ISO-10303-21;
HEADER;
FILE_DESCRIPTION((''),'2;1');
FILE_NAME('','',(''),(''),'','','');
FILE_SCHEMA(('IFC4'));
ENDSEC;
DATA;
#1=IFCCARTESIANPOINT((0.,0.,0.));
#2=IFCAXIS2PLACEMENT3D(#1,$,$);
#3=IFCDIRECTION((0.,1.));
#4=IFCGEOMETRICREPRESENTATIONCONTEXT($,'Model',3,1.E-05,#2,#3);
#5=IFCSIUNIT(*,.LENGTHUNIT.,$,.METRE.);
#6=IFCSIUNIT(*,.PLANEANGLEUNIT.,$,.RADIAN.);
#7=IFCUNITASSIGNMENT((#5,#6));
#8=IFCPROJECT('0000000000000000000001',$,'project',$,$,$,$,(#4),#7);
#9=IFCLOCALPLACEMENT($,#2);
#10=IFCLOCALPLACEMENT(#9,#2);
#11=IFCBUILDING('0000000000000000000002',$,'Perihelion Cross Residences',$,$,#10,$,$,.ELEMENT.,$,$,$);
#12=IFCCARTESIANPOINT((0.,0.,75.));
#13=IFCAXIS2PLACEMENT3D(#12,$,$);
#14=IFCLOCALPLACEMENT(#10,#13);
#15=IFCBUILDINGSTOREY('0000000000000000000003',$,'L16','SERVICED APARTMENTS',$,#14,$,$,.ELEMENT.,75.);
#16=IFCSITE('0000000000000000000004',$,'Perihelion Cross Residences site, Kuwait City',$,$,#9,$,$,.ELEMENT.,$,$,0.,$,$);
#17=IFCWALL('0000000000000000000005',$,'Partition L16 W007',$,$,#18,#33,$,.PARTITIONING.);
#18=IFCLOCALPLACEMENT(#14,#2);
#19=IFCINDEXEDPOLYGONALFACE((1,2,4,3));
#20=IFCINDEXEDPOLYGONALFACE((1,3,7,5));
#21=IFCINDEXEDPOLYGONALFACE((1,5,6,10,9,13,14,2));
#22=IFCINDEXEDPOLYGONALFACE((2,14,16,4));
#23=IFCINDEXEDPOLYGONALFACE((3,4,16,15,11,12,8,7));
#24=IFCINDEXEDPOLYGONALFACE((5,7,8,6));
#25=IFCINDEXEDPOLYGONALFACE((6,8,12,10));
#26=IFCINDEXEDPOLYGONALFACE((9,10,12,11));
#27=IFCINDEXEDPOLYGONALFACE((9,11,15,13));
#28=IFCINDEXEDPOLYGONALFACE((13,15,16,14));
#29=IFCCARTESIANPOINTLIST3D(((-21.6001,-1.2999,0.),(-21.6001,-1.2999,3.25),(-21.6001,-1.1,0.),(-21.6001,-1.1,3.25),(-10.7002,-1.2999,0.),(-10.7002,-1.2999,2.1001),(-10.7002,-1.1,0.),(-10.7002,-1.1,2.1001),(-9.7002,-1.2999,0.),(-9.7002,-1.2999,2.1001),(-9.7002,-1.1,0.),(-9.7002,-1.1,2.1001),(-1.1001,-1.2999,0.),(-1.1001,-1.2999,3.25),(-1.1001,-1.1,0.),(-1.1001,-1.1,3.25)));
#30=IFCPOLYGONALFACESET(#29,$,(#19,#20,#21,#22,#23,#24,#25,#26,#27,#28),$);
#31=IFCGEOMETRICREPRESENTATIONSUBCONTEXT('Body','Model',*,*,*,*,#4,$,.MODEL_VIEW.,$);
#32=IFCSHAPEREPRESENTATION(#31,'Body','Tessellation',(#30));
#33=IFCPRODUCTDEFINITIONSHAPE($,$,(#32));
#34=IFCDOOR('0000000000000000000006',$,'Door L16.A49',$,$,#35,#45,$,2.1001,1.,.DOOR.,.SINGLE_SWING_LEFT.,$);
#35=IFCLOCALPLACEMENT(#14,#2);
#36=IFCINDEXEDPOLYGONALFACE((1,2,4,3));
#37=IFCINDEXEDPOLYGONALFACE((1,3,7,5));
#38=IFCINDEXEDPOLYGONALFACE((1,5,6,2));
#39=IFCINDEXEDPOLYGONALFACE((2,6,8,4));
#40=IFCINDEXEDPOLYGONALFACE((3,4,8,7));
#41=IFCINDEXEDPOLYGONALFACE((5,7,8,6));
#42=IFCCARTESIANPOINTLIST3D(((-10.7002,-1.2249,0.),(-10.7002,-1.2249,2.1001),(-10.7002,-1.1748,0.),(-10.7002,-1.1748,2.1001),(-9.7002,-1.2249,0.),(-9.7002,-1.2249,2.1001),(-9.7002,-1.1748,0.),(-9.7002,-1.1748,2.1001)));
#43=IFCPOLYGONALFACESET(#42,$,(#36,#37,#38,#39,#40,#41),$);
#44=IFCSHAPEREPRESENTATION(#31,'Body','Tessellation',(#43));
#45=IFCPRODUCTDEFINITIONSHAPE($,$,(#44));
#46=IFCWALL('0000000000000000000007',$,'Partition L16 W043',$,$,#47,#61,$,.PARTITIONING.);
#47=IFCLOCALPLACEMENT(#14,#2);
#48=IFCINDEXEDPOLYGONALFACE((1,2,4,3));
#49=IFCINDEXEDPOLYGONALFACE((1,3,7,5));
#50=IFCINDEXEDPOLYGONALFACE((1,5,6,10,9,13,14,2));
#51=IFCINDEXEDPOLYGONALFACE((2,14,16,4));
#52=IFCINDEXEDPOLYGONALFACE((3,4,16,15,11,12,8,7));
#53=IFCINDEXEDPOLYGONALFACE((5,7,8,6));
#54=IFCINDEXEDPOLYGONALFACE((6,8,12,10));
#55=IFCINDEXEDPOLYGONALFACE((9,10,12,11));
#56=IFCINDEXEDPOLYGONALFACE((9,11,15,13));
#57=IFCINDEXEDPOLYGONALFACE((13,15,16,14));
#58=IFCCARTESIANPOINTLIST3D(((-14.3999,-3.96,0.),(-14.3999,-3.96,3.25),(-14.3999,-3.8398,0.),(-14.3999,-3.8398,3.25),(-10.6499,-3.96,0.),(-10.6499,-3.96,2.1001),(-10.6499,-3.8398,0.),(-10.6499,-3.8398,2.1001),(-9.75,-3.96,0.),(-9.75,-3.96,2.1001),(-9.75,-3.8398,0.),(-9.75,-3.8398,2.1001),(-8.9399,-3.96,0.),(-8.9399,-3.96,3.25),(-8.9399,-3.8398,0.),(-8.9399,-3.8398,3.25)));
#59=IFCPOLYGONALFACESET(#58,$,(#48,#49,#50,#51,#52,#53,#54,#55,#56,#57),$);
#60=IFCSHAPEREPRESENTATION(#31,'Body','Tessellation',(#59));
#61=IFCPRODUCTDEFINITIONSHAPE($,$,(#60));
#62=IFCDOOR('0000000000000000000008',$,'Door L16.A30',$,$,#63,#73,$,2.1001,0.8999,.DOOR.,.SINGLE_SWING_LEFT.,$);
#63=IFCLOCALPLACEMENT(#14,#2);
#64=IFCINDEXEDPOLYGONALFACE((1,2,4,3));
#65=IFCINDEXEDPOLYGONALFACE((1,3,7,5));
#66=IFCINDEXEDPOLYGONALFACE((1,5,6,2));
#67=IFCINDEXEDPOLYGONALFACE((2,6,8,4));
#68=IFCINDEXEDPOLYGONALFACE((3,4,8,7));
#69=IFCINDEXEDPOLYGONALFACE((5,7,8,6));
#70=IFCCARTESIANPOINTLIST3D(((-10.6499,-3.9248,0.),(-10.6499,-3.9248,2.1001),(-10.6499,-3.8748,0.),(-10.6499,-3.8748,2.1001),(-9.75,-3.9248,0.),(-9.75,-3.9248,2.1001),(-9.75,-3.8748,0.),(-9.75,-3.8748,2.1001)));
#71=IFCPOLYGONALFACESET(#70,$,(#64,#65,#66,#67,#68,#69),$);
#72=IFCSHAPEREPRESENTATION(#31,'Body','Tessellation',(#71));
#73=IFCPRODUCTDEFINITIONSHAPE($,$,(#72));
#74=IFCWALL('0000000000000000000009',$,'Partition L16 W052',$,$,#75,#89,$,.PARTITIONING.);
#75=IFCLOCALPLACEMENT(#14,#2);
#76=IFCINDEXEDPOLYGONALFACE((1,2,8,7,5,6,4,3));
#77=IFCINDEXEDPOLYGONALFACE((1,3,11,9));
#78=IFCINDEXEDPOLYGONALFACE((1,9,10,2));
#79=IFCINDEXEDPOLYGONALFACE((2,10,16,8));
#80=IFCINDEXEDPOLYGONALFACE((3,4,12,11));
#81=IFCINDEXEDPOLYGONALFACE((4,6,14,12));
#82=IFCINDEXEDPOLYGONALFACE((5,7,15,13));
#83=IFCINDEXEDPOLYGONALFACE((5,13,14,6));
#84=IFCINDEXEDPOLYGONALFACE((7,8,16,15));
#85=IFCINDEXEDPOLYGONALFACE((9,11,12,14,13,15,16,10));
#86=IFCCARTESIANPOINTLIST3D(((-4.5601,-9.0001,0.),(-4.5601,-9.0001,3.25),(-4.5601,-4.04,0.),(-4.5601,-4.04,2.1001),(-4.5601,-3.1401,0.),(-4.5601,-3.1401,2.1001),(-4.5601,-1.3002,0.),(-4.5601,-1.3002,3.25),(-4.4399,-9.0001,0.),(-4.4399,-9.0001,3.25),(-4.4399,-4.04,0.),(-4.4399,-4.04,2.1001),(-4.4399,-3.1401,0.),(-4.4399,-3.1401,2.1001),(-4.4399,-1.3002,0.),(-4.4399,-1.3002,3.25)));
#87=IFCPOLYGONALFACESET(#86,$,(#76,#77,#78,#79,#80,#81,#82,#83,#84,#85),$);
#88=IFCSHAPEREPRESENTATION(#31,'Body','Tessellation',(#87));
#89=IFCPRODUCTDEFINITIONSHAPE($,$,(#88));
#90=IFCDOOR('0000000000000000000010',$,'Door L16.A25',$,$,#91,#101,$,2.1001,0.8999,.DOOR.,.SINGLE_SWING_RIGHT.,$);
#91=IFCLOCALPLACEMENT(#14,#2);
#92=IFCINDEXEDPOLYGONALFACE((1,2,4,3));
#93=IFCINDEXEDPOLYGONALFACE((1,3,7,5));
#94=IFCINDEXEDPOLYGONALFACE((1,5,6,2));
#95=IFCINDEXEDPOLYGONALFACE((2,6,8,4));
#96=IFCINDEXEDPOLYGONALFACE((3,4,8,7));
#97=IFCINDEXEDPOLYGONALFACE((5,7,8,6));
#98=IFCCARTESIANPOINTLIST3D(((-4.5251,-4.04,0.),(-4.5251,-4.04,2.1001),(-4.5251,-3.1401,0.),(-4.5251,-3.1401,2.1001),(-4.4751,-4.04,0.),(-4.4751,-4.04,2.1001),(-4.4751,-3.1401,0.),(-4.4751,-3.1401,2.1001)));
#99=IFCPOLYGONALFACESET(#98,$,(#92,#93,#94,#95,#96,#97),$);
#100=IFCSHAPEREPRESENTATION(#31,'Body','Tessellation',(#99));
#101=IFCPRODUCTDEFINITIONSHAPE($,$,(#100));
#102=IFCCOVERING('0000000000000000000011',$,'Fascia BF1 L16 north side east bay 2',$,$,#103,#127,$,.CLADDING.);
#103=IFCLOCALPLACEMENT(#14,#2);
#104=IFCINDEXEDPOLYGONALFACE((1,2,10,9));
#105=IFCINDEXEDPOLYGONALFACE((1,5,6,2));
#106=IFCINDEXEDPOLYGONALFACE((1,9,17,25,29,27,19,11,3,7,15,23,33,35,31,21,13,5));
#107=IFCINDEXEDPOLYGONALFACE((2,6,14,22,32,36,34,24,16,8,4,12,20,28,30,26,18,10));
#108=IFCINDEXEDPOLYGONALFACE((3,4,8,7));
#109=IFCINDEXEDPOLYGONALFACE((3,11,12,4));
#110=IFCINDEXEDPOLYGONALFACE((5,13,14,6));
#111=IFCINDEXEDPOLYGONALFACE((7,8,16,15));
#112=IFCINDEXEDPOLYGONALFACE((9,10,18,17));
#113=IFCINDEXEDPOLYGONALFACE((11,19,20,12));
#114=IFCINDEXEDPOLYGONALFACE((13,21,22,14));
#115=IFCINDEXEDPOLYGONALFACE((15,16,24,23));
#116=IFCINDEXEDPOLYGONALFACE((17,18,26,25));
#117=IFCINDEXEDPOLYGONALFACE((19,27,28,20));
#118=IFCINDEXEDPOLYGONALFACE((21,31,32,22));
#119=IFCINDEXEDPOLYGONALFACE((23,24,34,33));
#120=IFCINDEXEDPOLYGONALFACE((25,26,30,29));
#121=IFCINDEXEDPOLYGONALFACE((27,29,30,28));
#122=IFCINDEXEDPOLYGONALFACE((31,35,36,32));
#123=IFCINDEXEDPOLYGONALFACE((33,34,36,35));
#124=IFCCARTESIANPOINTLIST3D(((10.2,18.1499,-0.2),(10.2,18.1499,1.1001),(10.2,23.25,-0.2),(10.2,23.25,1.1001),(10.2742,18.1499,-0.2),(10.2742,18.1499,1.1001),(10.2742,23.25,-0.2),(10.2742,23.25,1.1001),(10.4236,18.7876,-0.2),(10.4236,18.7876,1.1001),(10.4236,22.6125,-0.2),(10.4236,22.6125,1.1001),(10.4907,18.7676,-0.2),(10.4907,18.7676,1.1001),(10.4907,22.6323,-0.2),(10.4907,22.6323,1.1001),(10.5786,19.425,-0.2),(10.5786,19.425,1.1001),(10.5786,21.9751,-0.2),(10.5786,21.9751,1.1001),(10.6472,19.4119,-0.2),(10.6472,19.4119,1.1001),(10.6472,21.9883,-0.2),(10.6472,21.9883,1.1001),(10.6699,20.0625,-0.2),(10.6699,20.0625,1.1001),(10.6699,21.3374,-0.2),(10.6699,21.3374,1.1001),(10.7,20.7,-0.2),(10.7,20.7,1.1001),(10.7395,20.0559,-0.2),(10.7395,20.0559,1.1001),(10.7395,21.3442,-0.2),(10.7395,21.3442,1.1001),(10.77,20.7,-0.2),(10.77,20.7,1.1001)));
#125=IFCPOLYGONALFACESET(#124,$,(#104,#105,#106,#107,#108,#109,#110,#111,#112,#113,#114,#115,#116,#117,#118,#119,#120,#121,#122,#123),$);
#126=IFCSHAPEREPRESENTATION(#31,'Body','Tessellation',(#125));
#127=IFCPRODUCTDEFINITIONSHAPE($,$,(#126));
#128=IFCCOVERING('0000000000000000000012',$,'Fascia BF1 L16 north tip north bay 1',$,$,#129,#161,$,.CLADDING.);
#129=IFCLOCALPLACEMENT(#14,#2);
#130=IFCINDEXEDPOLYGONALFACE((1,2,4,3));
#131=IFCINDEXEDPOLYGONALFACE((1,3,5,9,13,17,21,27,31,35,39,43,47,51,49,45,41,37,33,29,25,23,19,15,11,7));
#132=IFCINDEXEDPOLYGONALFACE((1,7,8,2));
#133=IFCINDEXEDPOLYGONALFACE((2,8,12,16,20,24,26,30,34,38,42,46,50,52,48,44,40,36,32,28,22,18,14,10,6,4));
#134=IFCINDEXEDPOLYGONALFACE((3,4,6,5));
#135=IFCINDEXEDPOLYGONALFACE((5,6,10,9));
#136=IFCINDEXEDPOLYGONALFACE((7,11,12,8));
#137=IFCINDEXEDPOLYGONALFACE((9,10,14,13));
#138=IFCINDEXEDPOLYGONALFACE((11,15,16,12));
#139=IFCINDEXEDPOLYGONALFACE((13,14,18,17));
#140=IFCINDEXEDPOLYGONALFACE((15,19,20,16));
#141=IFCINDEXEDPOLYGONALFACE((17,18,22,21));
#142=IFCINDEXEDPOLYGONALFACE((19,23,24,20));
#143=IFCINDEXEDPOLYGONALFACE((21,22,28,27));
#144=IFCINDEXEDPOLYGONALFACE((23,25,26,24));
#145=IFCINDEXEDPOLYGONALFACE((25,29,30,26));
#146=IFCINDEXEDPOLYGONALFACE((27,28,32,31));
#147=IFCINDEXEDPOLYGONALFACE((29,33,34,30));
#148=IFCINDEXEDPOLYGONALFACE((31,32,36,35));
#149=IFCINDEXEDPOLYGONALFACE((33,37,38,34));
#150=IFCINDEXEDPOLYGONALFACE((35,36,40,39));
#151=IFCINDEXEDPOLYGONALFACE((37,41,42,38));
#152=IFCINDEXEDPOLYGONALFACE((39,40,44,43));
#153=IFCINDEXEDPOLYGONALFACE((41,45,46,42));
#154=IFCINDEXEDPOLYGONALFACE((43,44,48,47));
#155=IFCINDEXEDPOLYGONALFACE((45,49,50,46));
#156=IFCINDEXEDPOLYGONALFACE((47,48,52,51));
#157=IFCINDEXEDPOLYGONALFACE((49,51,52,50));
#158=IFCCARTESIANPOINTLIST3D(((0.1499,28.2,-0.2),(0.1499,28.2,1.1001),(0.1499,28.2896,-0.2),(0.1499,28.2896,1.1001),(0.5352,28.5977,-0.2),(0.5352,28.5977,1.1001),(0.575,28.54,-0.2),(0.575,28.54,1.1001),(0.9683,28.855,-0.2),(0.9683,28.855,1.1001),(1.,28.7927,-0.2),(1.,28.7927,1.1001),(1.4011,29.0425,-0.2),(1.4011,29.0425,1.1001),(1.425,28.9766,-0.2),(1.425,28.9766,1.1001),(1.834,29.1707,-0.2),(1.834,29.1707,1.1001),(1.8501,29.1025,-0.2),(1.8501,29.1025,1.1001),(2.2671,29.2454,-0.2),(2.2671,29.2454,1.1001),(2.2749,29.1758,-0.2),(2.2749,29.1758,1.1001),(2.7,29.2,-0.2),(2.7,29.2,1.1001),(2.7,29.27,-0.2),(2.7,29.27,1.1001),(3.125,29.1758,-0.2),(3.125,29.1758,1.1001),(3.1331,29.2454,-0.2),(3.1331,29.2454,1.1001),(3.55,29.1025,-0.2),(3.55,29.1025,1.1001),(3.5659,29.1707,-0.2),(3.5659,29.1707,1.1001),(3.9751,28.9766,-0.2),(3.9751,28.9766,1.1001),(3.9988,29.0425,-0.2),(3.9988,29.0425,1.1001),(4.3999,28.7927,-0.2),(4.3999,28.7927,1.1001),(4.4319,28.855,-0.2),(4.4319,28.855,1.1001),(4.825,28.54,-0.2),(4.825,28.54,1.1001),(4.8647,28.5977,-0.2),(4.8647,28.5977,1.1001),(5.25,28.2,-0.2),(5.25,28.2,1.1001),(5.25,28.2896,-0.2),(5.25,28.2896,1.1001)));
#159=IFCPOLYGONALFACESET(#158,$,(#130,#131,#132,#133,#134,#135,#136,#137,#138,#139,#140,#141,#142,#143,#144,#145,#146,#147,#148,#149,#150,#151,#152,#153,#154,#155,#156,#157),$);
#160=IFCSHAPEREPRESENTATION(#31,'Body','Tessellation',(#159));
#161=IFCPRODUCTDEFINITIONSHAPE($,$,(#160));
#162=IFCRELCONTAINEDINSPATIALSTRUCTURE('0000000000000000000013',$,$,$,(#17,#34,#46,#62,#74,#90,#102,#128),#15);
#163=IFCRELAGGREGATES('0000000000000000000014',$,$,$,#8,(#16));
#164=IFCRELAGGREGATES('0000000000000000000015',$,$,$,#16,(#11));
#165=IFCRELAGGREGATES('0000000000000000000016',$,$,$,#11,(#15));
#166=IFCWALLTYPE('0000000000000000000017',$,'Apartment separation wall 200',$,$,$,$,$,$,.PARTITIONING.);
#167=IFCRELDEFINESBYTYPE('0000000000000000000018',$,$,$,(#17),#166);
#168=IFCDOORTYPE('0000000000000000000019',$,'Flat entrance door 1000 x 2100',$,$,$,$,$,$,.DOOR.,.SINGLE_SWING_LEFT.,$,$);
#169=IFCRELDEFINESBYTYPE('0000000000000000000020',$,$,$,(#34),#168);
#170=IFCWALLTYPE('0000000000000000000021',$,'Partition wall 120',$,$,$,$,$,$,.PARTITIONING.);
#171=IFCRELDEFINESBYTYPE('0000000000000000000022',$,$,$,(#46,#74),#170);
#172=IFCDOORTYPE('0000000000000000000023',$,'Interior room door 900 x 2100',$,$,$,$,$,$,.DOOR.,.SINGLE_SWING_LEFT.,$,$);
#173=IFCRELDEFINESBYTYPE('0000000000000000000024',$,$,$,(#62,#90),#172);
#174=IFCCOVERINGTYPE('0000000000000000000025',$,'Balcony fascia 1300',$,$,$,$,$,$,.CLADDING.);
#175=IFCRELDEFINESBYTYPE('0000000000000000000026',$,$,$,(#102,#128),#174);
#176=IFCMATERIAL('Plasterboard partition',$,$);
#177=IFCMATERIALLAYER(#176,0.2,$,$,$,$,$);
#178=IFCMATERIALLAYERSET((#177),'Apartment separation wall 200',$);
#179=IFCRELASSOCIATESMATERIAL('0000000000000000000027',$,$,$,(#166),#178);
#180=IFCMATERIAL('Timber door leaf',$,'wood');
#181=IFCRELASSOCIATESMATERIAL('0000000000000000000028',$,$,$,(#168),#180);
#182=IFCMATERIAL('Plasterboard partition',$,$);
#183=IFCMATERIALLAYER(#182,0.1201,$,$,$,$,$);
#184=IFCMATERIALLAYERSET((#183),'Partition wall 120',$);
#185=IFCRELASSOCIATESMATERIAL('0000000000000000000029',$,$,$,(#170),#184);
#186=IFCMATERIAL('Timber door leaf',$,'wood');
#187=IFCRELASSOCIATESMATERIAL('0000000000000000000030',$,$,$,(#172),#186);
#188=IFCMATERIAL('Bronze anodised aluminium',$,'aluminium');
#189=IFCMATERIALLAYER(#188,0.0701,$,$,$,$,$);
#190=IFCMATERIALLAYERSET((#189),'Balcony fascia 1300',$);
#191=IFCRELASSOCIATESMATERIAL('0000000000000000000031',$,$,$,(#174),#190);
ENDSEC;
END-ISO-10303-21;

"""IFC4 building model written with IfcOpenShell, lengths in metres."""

from ifc_helpers import new_model, si_unit, direction, frame, frame_2d, origin, place, context, subcontext, project, spatial, polyline, rectangle, outline, extrude, material, layer, layer_set, type_object, element, fill, save


model = new_model("IFC4")

# Units and contexts
model_context = context("Model", 3, precision=1e-05, world=origin(), true_north=direction((0.0, 1.0)))
body_context = subcontext(model_context, "Body", "Model", "MODEL_VIEW")
ifc_project = project(units=[si_unit("LENGTHUNIT", "METRE"), si_unit("PLANEANGLEUNIT", "RADIAN")], contexts=[model_context])

# Site, building, storey
site_placement = place(None, origin())
site = spatial("IfcSite", under=ifc_project, at=site_placement, Name="Perihelion Cross Residences site, Kuwait City", CompositionType="ELEMENT", RefElevation=0.0)
building_placement = place(site_placement, origin())
building = spatial("IfcBuilding", under=site, at=building_placement, Name="Perihelion Cross Residences", CompositionType="ELEMENT")
storey_placement = place(building_placement, frame((0.0, 0.0, 75.0)))
storey = spatial("IfcBuildingStorey", under=building, at=storey_placement, Name="L16", Description="SERVICED APARTMENTS", CompositionType="ELEMENT", Elevation=75.0)

# Walls, openings, doors
ifc_material_1 = material(Name="Plasterboard partition")
ifc_layer_1 = layer(ifc_material_1, 0.2)
ifc_layer_set_1 = layer_set([ifc_layer_1], Name="Apartment separation wall 200")
wall_type_1 = type_object("IfcWallType", Name="Apartment separation wall 200", PredefinedType="PARTITIONING", material=ifc_layer_set_1)
wall_1_placement = place(storey_placement, frame((-1.1001, -1.2, 0.0), z_axis=(0.0, 0.0, 1.0), x_axis=(-1.0, 0.0, 0.0)))
wall_1 = element("IfcWall", 1, at=wall_1_placement, inside=storey, type_object=wall_type_1, Name="Partition L16 W007", PredefinedType="PARTITIONING", context=body_context, shape_type="SweptSolid", body=[
    extrude(rectangle(XDim=20.5, YDim=0.2, at=frame_2d((10.25, 0.0))), origin(), (0.0, 0.0, 1.0), 3.25),
])
opening_1_placement = place(wall_1_placement, frame((8.6001, 0.0, 0.0)))
opening_1 = element("IfcOpeningElement", 2, at=opening_1_placement, cuts=wall_1, PredefinedType="OPENING", context=body_context, shape_type="SweptSolid", body=[
    extrude(rectangle(XDim=1.0, YDim=2.1001, at=frame_2d((0.5, 1.05))), frame((0.0, 0.1099, 0.0), z_axis=(0.0, -1.0, 0.0), x_axis=(1.0, 0.0, 0.0)), (0.0, 0.0, 1.0), 0.22),
])
ifc_material_2 = material(Name="Timber door leaf", Category="wood")
door_type_1 = type_object("IfcDoorType", Name="Flat entrance door 1000 x 2100", OperationType="SINGLE_SWING_LEFT", PredefinedType="DOOR", material=ifc_material_2)
door_1_placement = place(opening_1_placement, origin())
door_1 = element("IfcDoor", 3, at=door_1_placement, inside=storey, type_object=door_type_1, Name="Door L16.A49", OperationType="SINGLE_SWING_LEFT", OverallHeight=2.1001, OverallWidth=1.0, PredefinedType="DOOR", context=body_context, shape_type="SweptSolid", body=[
    extrude(rectangle(XDim=1.0, YDim=2.1001, at=frame_2d((0.5, 1.05))), frame((0.0, 0.0249, 0.0), z_axis=(0.0, -1.0, 0.0), x_axis=(1.0, 0.0, 0.0)), (0.0, 0.0, 1.0), 0.05),
])
fill(opening_1, door_1)
ifc_material_3 = material(Name="Plasterboard partition")
ifc_layer_2 = layer(ifc_material_3, 0.1201)
ifc_layer_set_2 = layer_set([ifc_layer_2], Name="Partition wall 120")
wall_type_2 = type_object("IfcWallType", Name="Partition wall 120", PredefinedType="PARTITIONING", material=ifc_layer_set_2)
wall_2_placement = place(storey_placement, frame((-8.9399, -3.8999, 0.0), z_axis=(0.0, 0.0, 1.0), x_axis=(-1.0, 0.0, 0.0)))
wall_2 = element("IfcWall", 4, at=wall_2_placement, inside=storey, type_object=wall_type_2, Name="Partition L16 W043", PredefinedType="PARTITIONING", context=body_context, shape_type="SweptSolid", body=[
    extrude(rectangle(XDim=5.46, YDim=0.1201, at=frame_2d((2.73, 0.0))), origin(), (0.0, 0.0, 1.0), 3.25),
])
opening_2_placement = place(wall_2_placement, frame((0.8101, 0.0, 0.0)))
opening_2 = element("IfcOpeningElement", 5, at=opening_2_placement, cuts=wall_2, PredefinedType="OPENING", context=body_context, shape_type="SweptSolid", body=[
    extrude(rectangle(XDim=0.8999, YDim=2.1001, at=frame_2d((0.45, 1.05))), frame((0.0, 0.0701, 0.0), z_axis=(0.0, -1.0, 0.0), x_axis=(1.0, 0.0, 0.0)), (0.0, 0.0, 1.0), 0.1401),
])
ifc_material_4 = material(Name="Timber door leaf", Category="wood")
door_type_2 = type_object("IfcDoorType", Name="Interior room door 900 x 2100", OperationType="SINGLE_SWING_LEFT", PredefinedType="DOOR", material=ifc_material_4)
door_2_placement = place(opening_2_placement, origin())
door_2 = element("IfcDoor", 6, at=door_2_placement, inside=storey, type_object=door_type_2, Name="Door L16.A30", OperationType="SINGLE_SWING_LEFT", OverallHeight=2.1001, OverallWidth=0.8999, PredefinedType="DOOR", context=body_context, shape_type="SweptSolid", body=[
    extrude(rectangle(XDim=0.8999, YDim=2.1001, at=frame_2d((0.45, 1.05))), frame((0.0, 0.0249, 0.0), z_axis=(0.0, -1.0, 0.0), x_axis=(1.0, 0.0, 0.0)), (0.0, 0.0, 1.0), 0.05),
])
fill(opening_2, door_2)
wall_3_placement = place(storey_placement, frame((-4.5, -1.3, 0.0), z_axis=(0.0, 0.0, 1.0), x_axis=(0.0, -1.0, 0.0)))
wall_3 = element("IfcWall", 7, at=wall_3_placement, inside=storey, type_object=wall_type_2, Name="Partition L16 W052", PredefinedType="PARTITIONING", context=body_context, shape_type="SweptSolid", body=[
    extrude(rectangle(XDim=7.7, YDim=0.1201, at=frame_2d((3.8501, 0.0))), origin(), (0.0, 0.0, 1.0), 3.25),
])
opening_3_placement = place(wall_3_placement, frame((1.8401, 0.0, 0.0)))
opening_3 = element("IfcOpeningElement", 8, at=opening_3_placement, cuts=wall_3, PredefinedType="OPENING", context=body_context, shape_type="SweptSolid", body=[
    extrude(rectangle(XDim=0.8999, YDim=2.1001, at=frame_2d((0.45, 1.05))), frame((0.0, 0.0701, 0.0), z_axis=(0.0, -1.0, 0.0), x_axis=(1.0, 0.0, 0.0)), (0.0, 0.0, 1.0), 0.1401),
])
door_3_placement = place(opening_3_placement, origin())
door_3 = element("IfcDoor", 9, at=door_3_placement, inside=storey, type_object=door_type_2, Name="Door L16.A25", OperationType="SINGLE_SWING_RIGHT", OverallHeight=2.1001, OverallWidth=0.8999, PredefinedType="DOOR", context=body_context, shape_type="SweptSolid", body=[
    extrude(rectangle(XDim=0.8999, YDim=2.1001, at=frame_2d((0.45, 1.05))), frame((0.0, 0.0249, 0.0), z_axis=(0.0, -1.0, 0.0), x_axis=(1.0, 0.0, 0.0)), (0.0, 0.0, 1.0), 0.05),
])
fill(opening_3, door_3)

# Coverings
ifc_material_5 = material(Name="Bronze anodised aluminium", Category="aluminium")
ifc_layer_3 = layer(ifc_material_5, 0.0701)
ifc_layer_set_3 = layer_set([ifc_layer_3], Name="Balcony fascia 1300")
covering_type = type_object("IfcCoveringType", Name="Balcony fascia 1300", PredefinedType="CLADDING", material=ifc_layer_set_3)
covering_1_placement = place(storey_placement, frame((0.0, 0.0, -0.2)))
element("IfcCovering", 10, at=covering_1_placement, inside=storey, type_object=covering_type, Name="Fascia BF1 L16 north side east bay 2", PredefinedType="CLADDING", context=body_context, shape_type="SweptSolid", body=[
    extrude(outline(polyline([(10.4907, 18.7676), (10.6472, 19.4119), (10.7395, 20.0559), (10.77, 20.7), (10.7395, 21.3442), (10.6472, 21.9883), (10.4907, 22.6323), (10.2742, 23.25), (10.2, 23.25), (10.4236, 22.6125), (10.5786, 21.9751), (10.6699, 21.3374), (10.7, 20.7), (10.6699, 20.0625), (10.5786, 19.425), (10.4236, 18.7876), (10.2, 18.1499), (10.2742, 18.1499), (10.4907, 18.7676)])), origin(), (0.0, 0.0, 1.0), 1.3),
])
covering_2_placement = place(storey_placement, frame((0.0, 0.0, -0.2)))
element("IfcCovering", 11, at=covering_2_placement, inside=storey, type_object=covering_type, Name="Fascia BF1 L16 north tip north bay 1", PredefinedType="CLADDING", context=body_context, shape_type="SweptSolid", body=[
    extrude(outline(polyline([(4.8647, 28.5977), (4.4319, 28.855), (3.9988, 29.0425), (3.5659, 29.1707), (3.1331, 29.2454), (2.7, 29.27), (2.2671, 29.2454), (1.834, 29.1707), (1.4011, 29.0425), (0.9683, 28.855), (0.5352, 28.5977), (0.1499, 28.2896), (0.1499, 28.2), (0.575, 28.54), (1.0, 28.7927), (1.425, 28.9766), (1.8501, 29.1025), (2.2749, 29.1758), (2.7, 29.2), (3.125, 29.1758), (3.55, 29.1025), (3.9751, 28.9766), (4.3999, 28.7927), (4.825, 28.54), (5.25, 28.2), (5.25, 28.2896), (4.8647, 28.5977)])), origin(), (0.0, 0.0, 1.0), 1.3),
])

save(model, "model.ifc")
